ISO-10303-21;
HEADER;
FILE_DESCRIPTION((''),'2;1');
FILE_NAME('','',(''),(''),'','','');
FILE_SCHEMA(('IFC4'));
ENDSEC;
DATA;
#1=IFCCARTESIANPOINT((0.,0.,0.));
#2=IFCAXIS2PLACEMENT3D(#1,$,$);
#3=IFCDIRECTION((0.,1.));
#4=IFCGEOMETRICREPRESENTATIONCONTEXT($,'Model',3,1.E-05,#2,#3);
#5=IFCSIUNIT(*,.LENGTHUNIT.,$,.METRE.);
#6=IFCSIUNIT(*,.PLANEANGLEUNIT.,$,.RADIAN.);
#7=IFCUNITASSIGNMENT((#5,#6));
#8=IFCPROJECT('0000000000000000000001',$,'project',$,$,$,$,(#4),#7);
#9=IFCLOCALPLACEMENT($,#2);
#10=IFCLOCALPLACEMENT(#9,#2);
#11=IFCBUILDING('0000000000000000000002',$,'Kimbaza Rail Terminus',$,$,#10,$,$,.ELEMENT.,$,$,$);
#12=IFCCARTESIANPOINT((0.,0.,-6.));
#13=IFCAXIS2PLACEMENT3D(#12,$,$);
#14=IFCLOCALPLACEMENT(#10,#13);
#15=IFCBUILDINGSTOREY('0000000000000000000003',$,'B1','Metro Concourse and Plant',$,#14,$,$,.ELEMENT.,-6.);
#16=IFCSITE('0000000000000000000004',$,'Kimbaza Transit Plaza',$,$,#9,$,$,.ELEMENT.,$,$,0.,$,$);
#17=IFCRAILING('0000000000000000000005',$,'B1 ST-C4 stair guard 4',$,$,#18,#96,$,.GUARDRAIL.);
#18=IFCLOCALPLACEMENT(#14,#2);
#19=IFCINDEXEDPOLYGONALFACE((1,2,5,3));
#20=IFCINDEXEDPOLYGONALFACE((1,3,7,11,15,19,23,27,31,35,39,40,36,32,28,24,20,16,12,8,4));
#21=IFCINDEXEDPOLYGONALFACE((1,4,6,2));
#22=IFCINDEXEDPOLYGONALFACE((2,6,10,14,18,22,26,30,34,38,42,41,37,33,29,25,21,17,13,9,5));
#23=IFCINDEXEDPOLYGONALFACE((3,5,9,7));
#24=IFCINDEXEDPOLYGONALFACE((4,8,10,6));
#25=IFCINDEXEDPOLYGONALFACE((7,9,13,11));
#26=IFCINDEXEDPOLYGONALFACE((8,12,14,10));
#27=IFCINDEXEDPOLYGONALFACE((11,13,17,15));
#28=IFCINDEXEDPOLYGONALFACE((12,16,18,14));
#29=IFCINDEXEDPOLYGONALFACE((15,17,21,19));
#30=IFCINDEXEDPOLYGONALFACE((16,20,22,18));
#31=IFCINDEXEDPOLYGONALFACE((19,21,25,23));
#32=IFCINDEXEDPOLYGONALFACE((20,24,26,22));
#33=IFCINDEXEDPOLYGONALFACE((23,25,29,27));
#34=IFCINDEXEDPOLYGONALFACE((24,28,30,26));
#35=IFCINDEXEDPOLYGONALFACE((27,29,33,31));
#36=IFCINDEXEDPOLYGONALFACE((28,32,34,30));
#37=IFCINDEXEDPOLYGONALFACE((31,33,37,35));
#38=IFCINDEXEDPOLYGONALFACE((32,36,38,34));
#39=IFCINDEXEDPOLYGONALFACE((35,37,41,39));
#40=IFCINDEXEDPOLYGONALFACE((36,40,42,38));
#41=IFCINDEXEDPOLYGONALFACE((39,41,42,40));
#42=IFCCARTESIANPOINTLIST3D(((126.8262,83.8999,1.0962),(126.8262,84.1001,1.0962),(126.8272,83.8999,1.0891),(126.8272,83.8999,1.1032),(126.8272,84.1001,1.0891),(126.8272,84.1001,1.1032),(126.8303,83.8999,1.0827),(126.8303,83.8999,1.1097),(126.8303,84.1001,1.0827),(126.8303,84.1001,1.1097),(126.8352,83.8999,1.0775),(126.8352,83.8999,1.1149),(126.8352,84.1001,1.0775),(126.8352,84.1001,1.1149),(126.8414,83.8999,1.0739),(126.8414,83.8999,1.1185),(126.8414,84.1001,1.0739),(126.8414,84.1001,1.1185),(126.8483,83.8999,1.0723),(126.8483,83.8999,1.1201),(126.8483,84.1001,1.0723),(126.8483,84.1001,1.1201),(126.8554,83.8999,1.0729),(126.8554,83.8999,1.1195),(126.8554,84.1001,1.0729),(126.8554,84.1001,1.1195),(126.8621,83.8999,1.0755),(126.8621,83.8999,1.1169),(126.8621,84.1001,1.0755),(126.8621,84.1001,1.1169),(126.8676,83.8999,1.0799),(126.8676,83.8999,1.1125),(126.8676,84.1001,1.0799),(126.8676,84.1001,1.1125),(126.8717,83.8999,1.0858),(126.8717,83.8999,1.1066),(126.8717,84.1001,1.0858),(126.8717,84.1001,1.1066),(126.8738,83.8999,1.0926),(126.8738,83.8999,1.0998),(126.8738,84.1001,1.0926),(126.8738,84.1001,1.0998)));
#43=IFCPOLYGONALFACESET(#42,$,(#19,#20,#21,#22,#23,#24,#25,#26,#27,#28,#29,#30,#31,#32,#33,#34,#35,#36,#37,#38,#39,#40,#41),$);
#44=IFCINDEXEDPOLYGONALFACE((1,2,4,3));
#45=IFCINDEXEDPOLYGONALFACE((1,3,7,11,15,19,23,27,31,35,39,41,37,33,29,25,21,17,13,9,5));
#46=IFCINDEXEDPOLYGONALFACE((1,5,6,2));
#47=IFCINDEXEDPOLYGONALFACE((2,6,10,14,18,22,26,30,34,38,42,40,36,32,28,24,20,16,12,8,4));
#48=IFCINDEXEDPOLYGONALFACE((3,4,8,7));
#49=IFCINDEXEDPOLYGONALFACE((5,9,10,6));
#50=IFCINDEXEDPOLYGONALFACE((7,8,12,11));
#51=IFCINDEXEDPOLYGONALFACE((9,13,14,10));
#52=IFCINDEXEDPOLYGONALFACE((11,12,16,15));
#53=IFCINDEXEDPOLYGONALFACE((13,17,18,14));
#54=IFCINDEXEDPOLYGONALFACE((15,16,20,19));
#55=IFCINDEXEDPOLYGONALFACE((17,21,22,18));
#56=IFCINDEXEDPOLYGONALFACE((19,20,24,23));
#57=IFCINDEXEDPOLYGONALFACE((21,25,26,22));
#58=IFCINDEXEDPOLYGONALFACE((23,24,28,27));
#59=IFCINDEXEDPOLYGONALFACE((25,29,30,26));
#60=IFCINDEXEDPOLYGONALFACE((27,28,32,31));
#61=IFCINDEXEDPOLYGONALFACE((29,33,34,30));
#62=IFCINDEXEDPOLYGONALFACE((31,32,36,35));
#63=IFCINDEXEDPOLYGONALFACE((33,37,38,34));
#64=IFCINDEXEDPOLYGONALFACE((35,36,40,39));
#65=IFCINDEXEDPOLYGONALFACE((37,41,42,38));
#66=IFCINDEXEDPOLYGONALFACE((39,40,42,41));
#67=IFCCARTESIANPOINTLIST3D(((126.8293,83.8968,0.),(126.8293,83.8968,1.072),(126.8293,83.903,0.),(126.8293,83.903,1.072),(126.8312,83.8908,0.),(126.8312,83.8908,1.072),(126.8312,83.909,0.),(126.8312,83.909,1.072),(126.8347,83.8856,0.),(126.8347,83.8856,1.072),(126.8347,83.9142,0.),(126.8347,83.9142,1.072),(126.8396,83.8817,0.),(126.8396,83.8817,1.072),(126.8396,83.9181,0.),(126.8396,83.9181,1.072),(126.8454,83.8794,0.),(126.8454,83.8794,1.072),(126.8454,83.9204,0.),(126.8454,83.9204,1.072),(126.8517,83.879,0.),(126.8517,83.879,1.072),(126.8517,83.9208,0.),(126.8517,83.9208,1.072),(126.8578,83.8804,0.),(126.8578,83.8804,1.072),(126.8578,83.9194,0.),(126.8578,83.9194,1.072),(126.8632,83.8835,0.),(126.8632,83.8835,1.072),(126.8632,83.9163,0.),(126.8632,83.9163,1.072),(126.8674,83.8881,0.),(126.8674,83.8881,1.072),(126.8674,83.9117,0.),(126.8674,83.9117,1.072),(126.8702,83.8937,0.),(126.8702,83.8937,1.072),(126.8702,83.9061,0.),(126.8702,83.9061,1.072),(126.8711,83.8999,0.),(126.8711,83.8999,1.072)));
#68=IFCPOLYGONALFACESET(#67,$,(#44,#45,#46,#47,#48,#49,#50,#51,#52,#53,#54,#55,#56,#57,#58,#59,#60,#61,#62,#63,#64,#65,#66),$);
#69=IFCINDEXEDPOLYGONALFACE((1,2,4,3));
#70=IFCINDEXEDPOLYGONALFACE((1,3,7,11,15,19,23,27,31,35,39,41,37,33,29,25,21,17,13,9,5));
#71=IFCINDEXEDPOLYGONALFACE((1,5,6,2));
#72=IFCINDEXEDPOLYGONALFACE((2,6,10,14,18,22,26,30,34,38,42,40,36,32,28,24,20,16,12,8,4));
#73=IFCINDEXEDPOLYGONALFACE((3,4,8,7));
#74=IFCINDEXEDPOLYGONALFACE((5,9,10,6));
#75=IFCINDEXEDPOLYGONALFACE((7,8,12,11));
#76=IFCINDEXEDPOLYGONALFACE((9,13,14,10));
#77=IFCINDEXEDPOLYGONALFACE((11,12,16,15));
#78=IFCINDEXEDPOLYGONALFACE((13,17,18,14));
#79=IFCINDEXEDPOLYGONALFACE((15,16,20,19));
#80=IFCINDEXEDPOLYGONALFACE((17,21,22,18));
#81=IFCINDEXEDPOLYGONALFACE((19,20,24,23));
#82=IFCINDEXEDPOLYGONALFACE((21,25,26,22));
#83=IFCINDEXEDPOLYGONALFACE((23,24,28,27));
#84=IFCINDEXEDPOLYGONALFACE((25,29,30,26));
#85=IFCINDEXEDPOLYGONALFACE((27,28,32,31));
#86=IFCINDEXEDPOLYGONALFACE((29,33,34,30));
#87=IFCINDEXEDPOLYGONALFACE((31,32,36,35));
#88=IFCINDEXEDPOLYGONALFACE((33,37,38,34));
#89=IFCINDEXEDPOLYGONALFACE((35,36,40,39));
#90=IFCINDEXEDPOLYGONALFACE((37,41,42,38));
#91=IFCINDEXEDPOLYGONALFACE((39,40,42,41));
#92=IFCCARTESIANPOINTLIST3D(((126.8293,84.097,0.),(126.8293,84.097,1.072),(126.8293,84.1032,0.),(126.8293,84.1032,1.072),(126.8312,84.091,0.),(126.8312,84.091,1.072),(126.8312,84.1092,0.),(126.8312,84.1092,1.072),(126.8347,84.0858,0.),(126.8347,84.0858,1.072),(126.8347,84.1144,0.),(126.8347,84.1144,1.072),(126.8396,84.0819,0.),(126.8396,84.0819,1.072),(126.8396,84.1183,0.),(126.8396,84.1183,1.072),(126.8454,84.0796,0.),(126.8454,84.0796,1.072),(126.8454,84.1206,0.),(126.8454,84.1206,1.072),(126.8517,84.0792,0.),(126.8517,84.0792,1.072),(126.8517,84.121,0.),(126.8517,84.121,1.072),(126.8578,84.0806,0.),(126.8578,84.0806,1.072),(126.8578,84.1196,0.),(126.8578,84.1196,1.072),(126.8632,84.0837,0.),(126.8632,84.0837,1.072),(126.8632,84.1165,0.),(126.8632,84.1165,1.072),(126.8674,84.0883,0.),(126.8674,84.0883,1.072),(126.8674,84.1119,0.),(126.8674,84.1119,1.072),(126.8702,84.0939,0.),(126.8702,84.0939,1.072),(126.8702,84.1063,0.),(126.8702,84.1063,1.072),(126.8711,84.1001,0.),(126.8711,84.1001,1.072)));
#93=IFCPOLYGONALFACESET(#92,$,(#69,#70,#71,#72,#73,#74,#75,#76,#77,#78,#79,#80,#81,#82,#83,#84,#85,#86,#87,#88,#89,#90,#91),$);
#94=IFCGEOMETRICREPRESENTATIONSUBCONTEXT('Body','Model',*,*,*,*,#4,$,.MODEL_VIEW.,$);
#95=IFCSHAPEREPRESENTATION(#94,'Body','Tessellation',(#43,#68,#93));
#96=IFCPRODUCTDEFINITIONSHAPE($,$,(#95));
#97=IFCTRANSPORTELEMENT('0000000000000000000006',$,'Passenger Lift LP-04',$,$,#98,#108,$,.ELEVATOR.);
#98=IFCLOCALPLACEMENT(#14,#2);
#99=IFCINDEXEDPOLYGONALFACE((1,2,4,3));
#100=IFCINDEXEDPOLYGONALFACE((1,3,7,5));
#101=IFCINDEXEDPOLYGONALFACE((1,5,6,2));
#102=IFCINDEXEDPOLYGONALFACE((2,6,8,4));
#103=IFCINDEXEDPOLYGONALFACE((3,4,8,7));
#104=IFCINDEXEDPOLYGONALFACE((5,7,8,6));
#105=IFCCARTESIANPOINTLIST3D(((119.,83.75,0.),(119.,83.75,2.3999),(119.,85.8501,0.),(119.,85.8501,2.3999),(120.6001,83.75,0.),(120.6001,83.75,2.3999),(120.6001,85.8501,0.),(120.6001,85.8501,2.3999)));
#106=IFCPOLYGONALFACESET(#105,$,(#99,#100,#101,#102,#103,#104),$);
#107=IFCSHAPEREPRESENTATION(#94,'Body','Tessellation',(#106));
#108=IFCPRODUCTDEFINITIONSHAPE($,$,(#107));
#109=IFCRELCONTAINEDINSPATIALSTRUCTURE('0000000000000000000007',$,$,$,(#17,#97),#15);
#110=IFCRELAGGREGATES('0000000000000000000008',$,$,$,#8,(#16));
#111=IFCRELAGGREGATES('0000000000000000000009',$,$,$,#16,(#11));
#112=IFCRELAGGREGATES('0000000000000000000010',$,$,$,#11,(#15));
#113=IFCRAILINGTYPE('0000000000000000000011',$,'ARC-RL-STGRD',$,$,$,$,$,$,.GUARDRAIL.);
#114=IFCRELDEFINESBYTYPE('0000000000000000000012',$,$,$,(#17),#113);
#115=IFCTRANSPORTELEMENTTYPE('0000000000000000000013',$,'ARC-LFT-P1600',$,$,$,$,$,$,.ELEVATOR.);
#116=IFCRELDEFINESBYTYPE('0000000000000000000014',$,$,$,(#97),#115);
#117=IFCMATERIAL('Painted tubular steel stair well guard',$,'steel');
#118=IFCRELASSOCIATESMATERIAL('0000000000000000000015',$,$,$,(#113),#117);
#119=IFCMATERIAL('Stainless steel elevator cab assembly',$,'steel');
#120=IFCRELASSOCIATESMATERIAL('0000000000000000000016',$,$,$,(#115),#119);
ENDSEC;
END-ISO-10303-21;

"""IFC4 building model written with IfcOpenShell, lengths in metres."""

from ifc_helpers import new_model, si_unit, direction, frame, origin, origin_2d, place, context, subcontext, project, spatial, rectangle, circle, extrude, material, type_object, element, save


model = new_model("IFC4")

# Units and contexts
model_context = context("Model", 3, precision=1e-05, world=origin(), true_north=direction((0.0, 1.0)))
body_context = subcontext(model_context, "Body", "Model", "MODEL_VIEW")
ifc_project = project(units=[si_unit("LENGTHUNIT", "METRE"), si_unit("PLANEANGLEUNIT", "RADIAN")], contexts=[model_context])

# Site, building, storey
site_placement = place(None, origin())
site = spatial("IfcSite", under=ifc_project, at=site_placement, Name="Kimbaza Transit Plaza", CompositionType="ELEMENT", RefElevation=0.0)
building_placement = place(site_placement, origin())
building = spatial("IfcBuilding", under=site, at=building_placement, Name="Kimbaza Rail Terminus", CompositionType="ELEMENT")
storey_placement = place(building_placement, frame((0.0, 0.0, -6.0)))
storey = spatial("IfcBuildingStorey", under=building, at=storey_placement, Name="B1", Description="Metro Concourse and Plant", CompositionType="ELEMENT", Elevation=-6.0)

# Railing
ifc_material_1 = material(Name="Painted tubular steel stair well guard", Category="steel")
railing_type_1 = type_object("IfcRailingType", Name="ARC-RL-STGRD", PredefinedType="GUARDRAIL", material=ifc_material_1)
railing_1_placement = place(storey_placement, frame((126.8501, 83.8999, 0.0)))
element("IfcRailing", 1, at=railing_1_placement, inside=storey, type_object=railing_type_1, Name="B1 ST-C4 stair guard 4", PredefinedType="GUARDRAIL", context=body_context, shape_type="SweptSolid", body=[
    extrude(circle(Radius=0.0239, at=origin_2d()), frame((0.0, 0.0, 1.0962), z_axis=(0.0, 1.0, 0.0), x_axis=(-1.0, 0.0, 0.0)), (0.0, 0.0, 1.0), 0.2002),
    extrude(circle(Radius=0.021, at=origin_2d()), origin(), (0.0, 0.0, 1.0), 1.072),
    extrude(circle(Radius=0.021, at=origin_2d()), frame((0.0, 0.2002, 0.0)), (0.0, 0.0, 1.0), 1.072),
])

# Transport element
ifc_material_2 = material(Name="Stainless steel elevator cab assembly", Category="steel")
transport_element_type = type_object("IfcTransportElementType", Name="ARC-LFT-P1600", PredefinedType="ELEVATOR", material=ifc_material_2)
transport_element_placement = place(storey_placement, frame((119.8, 84.8, 0.0), z_axis=(0.0, 0.0, 1.0), x_axis=(1.0, 0.0, 0.0)))
element("IfcTransportElement", 2, at=transport_element_placement, inside=storey, type_object=transport_element_type, Name="Passenger Lift LP-04", PredefinedType="ELEVATOR", context=body_context, shape_type="SweptSolid", body=[
    extrude(rectangle(XDim=1.6001, YDim=2.1001, at=origin_2d()), origin(), (0.0, 0.0, 1.0), 2.3999),
])

save(model, "model.ifc")
